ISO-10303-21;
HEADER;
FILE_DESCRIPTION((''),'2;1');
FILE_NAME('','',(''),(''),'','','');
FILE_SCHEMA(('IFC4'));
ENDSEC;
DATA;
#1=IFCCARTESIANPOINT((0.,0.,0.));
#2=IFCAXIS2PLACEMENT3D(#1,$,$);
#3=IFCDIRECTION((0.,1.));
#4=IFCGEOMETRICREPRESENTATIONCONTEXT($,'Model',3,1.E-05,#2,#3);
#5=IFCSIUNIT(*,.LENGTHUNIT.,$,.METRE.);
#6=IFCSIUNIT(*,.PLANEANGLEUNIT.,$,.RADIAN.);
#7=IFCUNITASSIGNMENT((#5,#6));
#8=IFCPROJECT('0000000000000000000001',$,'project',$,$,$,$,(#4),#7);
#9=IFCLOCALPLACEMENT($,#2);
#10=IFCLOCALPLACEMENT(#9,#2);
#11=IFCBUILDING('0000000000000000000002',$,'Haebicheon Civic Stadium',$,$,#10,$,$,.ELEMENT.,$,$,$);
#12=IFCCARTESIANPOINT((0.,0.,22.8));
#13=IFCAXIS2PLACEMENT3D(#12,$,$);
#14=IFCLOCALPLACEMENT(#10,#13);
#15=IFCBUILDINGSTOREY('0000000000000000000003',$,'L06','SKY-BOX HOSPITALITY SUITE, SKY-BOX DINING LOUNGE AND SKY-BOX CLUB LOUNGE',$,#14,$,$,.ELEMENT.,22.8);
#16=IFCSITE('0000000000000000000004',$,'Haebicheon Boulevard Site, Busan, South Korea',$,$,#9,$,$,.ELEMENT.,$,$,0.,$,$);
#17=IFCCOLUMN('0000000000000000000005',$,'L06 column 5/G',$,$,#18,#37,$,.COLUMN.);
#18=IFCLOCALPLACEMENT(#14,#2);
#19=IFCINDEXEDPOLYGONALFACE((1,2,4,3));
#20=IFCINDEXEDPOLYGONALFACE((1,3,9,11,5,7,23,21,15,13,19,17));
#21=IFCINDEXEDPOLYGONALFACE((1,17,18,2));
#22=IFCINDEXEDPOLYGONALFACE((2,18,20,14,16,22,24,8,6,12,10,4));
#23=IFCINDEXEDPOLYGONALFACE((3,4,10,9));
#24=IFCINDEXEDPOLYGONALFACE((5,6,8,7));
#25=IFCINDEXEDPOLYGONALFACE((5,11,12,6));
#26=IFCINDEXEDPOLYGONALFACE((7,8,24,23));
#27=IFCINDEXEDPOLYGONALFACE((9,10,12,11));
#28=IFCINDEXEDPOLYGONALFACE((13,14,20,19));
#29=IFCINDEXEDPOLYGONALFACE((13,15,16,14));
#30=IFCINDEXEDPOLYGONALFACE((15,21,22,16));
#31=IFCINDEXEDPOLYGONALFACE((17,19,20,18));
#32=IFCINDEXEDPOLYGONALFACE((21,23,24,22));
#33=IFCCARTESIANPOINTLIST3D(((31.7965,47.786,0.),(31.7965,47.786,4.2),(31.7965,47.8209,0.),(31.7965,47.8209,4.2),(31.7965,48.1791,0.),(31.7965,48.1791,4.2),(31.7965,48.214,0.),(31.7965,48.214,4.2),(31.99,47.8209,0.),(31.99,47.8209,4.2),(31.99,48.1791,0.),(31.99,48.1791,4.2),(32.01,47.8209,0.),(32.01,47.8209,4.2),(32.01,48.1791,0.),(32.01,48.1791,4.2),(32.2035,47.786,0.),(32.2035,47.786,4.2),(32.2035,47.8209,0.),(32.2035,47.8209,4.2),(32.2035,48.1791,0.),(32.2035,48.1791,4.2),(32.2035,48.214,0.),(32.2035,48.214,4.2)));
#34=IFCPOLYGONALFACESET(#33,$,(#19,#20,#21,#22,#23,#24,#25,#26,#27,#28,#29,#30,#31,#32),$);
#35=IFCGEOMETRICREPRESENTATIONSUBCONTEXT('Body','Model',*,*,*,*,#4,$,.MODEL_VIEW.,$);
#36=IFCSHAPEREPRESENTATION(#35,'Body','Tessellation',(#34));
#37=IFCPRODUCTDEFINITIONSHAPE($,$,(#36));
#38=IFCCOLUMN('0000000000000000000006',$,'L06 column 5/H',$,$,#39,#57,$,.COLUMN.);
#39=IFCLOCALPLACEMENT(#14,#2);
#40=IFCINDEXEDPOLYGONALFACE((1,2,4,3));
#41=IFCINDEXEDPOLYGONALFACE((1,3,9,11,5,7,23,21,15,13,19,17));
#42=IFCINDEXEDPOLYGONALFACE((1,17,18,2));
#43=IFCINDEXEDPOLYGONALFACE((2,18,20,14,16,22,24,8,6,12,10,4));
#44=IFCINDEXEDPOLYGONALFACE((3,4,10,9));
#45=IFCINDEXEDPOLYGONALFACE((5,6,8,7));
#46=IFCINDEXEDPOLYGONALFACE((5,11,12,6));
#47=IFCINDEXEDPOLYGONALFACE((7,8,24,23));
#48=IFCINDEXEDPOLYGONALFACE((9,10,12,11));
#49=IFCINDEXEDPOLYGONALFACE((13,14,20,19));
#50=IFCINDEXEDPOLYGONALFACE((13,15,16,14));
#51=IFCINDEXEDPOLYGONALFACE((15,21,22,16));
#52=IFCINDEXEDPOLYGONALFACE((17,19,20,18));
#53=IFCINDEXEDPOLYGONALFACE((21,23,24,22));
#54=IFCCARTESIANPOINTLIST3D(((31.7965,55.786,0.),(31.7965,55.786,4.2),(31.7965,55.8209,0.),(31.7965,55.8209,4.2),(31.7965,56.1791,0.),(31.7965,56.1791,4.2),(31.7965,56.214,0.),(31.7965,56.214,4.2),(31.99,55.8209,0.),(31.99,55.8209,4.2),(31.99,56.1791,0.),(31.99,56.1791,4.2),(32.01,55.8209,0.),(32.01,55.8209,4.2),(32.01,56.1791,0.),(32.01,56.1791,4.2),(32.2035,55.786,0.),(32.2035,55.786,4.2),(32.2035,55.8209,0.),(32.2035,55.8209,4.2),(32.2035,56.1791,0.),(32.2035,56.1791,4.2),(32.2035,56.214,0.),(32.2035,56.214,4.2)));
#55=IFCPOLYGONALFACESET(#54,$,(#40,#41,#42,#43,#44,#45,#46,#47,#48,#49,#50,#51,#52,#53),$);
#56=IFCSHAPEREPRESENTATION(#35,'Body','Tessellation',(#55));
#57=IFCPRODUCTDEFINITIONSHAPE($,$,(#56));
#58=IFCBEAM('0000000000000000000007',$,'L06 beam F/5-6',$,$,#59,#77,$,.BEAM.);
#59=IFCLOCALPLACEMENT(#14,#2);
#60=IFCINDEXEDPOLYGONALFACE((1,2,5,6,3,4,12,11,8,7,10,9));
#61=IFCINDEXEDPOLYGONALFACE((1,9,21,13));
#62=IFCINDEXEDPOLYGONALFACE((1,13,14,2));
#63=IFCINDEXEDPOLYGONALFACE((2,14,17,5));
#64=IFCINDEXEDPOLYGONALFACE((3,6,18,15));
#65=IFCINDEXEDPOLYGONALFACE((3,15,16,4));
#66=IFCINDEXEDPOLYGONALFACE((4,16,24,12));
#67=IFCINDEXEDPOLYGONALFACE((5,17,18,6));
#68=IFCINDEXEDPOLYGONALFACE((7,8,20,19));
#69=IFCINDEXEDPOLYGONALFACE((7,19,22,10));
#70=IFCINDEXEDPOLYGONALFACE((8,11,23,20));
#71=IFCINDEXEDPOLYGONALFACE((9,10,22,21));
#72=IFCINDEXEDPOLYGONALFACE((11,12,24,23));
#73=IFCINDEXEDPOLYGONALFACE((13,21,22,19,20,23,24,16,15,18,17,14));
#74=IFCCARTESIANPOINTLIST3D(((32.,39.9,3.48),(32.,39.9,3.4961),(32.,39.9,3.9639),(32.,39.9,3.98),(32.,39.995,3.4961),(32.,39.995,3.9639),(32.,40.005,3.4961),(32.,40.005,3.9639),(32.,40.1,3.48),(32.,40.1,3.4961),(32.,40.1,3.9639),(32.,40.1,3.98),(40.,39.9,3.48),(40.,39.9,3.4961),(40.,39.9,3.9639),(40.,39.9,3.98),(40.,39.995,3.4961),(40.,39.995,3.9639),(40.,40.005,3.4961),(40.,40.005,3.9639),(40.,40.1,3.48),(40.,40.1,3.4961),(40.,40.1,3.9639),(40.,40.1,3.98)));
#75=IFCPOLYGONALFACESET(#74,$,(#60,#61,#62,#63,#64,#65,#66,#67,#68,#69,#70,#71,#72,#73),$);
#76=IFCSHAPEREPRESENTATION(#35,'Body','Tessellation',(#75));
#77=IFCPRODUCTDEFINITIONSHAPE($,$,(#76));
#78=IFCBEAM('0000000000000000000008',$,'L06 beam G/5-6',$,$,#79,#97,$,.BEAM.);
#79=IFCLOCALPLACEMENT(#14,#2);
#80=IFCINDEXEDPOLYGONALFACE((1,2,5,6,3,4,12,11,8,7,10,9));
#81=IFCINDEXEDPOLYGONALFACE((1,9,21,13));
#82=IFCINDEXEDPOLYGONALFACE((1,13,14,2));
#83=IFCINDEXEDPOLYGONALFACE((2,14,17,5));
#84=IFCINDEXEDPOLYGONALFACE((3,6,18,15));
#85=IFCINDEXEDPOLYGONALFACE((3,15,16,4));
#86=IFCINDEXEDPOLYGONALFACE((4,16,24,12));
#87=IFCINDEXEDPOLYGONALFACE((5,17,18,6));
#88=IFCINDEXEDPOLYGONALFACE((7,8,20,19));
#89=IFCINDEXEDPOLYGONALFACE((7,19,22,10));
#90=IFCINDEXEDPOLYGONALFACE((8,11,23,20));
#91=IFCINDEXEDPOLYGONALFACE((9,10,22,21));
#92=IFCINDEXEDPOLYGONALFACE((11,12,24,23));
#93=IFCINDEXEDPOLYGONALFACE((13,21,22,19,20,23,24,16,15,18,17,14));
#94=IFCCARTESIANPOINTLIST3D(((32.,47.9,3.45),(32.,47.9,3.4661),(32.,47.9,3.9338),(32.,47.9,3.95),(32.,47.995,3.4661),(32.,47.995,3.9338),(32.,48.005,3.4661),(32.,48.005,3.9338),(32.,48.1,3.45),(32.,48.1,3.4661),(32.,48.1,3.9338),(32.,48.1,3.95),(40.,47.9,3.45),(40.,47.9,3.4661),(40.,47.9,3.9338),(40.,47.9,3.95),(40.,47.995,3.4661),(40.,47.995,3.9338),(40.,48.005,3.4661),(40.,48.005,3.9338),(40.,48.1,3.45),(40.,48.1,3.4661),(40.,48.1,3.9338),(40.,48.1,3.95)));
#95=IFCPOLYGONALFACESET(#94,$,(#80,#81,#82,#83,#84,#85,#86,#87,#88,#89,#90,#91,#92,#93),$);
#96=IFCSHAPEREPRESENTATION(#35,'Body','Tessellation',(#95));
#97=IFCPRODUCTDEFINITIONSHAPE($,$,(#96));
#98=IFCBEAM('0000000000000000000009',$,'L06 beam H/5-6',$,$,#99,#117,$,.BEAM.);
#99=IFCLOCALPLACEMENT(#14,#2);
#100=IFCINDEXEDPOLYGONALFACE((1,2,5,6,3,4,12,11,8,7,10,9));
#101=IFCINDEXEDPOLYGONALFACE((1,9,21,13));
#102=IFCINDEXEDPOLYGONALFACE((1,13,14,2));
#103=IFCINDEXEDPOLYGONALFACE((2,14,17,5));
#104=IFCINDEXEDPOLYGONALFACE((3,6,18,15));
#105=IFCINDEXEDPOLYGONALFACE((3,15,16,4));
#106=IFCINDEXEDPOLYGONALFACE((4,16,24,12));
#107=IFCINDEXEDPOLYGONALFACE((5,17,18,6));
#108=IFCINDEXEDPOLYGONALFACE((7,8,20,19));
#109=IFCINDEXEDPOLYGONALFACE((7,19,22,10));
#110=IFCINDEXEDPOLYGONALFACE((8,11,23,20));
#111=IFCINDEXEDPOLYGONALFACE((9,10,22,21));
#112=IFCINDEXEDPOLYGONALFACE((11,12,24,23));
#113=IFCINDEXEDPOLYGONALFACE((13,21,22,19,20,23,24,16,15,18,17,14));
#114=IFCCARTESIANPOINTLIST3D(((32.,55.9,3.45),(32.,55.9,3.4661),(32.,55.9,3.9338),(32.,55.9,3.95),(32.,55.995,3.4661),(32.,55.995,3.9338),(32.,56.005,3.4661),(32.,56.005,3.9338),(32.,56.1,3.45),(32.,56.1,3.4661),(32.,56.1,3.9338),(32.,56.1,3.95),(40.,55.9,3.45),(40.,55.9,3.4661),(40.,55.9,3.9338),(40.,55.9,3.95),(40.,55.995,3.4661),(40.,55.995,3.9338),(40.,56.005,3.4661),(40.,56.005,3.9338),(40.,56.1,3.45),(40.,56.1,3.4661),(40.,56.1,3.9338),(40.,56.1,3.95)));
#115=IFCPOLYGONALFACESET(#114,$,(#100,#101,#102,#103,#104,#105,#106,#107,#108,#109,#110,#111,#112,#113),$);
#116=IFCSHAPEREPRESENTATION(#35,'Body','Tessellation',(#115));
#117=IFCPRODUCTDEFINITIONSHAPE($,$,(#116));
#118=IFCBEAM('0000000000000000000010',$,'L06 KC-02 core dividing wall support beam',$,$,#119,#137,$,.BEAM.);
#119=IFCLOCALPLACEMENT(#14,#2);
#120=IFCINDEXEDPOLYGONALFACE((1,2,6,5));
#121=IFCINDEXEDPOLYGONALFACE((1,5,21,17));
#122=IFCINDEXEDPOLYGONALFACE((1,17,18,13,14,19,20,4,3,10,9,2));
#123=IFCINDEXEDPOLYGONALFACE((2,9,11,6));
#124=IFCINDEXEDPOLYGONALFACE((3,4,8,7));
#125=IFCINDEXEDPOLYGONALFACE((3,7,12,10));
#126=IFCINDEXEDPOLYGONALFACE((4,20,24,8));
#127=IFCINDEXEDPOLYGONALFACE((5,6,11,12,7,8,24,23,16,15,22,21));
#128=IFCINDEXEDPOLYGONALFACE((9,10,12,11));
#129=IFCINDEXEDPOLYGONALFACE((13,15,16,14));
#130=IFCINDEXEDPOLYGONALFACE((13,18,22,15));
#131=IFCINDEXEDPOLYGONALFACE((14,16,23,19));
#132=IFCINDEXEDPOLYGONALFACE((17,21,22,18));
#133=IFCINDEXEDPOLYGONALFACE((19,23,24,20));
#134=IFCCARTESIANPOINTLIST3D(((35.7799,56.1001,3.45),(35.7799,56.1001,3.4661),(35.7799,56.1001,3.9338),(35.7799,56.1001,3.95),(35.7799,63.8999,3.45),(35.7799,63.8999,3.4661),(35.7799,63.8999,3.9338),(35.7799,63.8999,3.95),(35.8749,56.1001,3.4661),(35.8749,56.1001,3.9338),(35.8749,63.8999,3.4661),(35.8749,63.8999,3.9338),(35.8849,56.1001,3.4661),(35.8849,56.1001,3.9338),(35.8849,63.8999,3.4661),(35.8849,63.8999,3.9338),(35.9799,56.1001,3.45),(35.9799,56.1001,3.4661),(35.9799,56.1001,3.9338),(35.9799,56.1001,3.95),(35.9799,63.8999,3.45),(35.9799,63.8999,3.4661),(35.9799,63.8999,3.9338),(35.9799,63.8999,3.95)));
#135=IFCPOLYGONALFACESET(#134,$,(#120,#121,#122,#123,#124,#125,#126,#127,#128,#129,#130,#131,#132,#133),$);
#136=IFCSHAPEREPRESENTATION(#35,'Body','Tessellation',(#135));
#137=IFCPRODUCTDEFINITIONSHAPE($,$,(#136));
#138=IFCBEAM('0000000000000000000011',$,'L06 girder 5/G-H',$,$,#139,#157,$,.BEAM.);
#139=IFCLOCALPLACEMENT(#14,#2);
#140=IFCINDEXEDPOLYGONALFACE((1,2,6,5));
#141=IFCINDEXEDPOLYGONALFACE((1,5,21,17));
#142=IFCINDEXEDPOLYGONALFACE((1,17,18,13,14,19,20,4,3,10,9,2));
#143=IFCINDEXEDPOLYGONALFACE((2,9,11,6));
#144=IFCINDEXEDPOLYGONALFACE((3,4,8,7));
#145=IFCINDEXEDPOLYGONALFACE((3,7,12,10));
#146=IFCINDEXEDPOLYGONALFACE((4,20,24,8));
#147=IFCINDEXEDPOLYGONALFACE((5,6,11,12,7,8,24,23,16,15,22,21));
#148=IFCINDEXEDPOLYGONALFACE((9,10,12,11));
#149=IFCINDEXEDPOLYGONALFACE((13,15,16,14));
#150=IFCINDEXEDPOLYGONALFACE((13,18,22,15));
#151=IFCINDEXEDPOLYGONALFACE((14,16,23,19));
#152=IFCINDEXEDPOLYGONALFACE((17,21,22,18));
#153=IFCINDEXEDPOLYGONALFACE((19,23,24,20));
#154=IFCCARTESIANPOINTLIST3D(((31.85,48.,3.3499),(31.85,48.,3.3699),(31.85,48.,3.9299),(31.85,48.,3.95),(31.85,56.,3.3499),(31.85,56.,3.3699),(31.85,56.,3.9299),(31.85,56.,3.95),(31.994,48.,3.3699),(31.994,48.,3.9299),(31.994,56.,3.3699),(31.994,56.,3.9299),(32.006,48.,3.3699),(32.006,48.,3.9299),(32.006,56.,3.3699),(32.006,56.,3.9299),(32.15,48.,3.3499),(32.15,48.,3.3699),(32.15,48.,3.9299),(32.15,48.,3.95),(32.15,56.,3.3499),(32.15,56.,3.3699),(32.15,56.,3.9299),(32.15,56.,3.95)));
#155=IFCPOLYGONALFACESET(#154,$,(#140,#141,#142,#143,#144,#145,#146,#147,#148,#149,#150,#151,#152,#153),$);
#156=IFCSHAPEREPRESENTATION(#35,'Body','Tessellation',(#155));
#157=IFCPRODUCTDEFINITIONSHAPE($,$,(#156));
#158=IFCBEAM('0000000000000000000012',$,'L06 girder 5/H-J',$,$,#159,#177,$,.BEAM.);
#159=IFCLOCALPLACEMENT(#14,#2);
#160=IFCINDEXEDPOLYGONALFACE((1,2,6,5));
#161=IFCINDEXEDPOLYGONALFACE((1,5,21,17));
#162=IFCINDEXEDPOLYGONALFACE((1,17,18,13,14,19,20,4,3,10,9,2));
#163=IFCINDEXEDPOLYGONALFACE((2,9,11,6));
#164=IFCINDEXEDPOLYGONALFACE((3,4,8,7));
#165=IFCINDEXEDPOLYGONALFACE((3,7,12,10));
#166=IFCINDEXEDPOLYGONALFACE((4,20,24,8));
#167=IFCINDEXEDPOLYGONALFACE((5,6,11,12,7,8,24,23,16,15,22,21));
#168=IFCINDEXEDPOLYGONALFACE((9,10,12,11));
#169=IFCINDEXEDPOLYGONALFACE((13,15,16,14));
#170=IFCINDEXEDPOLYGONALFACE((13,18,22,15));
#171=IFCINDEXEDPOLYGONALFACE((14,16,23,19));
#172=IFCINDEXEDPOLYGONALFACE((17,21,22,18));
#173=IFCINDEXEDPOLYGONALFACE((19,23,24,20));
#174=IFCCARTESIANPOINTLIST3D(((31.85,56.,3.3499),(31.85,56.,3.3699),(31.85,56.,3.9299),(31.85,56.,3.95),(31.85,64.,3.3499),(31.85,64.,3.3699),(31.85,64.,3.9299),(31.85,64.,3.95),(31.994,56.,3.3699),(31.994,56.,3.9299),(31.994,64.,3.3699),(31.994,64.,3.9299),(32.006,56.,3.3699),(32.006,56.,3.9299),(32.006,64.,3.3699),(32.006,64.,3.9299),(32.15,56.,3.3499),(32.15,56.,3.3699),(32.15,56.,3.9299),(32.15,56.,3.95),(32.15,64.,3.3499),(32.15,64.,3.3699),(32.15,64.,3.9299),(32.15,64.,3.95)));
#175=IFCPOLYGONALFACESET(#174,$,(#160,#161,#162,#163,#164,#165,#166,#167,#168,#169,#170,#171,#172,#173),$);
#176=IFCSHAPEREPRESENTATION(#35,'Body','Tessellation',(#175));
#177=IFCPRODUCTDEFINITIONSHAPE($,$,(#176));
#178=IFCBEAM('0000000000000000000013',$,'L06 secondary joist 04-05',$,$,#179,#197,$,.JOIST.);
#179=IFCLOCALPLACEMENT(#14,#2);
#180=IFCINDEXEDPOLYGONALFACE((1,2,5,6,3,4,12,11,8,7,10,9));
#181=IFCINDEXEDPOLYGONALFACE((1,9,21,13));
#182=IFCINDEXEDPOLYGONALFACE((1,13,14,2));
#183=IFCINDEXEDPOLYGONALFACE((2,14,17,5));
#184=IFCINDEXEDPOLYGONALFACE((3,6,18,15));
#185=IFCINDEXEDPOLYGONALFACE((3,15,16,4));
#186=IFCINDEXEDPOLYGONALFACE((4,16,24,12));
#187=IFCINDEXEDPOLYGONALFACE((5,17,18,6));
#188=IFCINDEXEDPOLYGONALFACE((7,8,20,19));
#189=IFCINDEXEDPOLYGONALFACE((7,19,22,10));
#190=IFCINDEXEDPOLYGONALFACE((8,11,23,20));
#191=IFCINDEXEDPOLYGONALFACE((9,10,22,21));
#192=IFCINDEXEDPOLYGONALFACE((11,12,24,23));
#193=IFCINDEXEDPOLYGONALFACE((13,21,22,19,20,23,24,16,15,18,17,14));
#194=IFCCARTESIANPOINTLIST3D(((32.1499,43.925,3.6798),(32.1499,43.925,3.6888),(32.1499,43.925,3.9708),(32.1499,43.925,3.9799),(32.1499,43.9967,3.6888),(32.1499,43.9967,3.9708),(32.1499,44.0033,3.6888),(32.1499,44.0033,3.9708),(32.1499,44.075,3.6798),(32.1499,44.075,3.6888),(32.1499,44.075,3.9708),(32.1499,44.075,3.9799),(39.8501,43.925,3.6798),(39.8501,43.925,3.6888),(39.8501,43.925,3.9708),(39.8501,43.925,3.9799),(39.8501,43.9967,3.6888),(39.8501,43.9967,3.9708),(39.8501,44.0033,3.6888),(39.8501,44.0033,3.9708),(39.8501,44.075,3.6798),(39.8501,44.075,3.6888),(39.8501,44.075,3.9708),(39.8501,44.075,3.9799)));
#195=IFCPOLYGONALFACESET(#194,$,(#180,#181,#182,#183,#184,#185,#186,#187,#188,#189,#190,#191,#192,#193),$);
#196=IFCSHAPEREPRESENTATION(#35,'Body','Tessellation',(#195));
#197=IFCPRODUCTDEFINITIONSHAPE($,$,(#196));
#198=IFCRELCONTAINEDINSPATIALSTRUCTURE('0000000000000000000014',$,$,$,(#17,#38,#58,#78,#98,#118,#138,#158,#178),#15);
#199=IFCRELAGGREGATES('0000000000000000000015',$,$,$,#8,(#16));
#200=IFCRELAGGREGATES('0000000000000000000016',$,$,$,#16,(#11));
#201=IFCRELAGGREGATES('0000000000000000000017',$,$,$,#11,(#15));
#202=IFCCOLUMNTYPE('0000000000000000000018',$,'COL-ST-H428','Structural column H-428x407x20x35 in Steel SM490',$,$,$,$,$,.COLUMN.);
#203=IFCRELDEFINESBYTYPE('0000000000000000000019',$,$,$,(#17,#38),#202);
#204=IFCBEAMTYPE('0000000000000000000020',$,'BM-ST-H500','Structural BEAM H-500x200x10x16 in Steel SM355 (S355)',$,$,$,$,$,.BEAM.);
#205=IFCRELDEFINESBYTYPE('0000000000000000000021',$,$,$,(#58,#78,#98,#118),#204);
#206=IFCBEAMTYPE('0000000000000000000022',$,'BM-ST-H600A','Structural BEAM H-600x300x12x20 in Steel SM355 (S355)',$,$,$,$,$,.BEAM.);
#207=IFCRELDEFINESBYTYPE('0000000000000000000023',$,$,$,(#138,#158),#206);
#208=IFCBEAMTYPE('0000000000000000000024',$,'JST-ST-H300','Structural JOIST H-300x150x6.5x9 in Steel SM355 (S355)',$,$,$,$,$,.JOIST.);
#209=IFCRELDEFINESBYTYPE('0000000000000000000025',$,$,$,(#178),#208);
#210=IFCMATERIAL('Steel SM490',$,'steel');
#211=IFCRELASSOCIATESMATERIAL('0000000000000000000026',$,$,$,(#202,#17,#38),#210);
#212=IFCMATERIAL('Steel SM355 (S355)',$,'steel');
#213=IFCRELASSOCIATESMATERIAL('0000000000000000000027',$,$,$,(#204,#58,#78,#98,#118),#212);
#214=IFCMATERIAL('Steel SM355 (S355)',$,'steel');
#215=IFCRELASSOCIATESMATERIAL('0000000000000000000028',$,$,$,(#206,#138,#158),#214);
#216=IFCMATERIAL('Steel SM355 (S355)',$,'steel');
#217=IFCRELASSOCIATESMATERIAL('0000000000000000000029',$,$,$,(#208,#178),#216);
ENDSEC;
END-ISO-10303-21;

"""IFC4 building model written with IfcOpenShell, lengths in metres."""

from ifc_helpers import new_model, si_unit, direction, frame, origin, origin_2d, place, context, subcontext, project, spatial, i_section, extrude, material, material_profile, profile_set, type_object, element, save


model = new_model("IFC4")

# Units and contexts
model_context = context("Model", 3, precision=1e-05, world=origin(), true_north=direction((0.0, 1.0)))
body_context = subcontext(model_context, "Body", "Model", "MODEL_VIEW")
ifc_project = project(units=[si_unit("LENGTHUNIT", "METRE"), si_unit("PLANEANGLEUNIT", "RADIAN")], contexts=[model_context])

# Site, building, storey
site_placement = place(None, origin())
site = spatial("IfcSite", under=ifc_project, at=site_placement, Name="Haebicheon Boulevard Site, Busan, South Korea", CompositionType="ELEMENT", RefElevation=0.0)
building_placement = place(site_placement, origin())
building = spatial("IfcBuilding", under=site, at=building_placement, Name="Haebicheon Civic Stadium", CompositionType="ELEMENT")
storey_placement = place(building_placement, frame((0.0, 0.0, 22.8)))
storey = spatial("IfcBuildingStorey", under=building, at=storey_placement, Name="L06", Description="SKY-BOX HOSPITALITY SUITE, SKY-BOX DINING LOUNGE AND SKY-BOX CLUB LOUNGE", CompositionType="ELEMENT", Elevation=22.8)

# Columns
ifc_material_1 = material(Name="Steel SM490", Category="steel")
ifc_material_profile_1 = material_profile(ifc_material_1, i_section(OverallWidth=0.407, OverallDepth=0.428, WebThickness=0.02, FlangeThickness=0.0349, at=origin_2d()), Name="H-428x407x20x35")
ifc_profile_set_1 = profile_set([ifc_material_profile_1], Name="Steel SM490")
column_type = type_object("IfcColumnType", Name="COL-ST-H428", Description="Structural column H-428x407x20x35 in Steel SM490", PredefinedType="COLUMN", material=ifc_profile_set_1)
for number, where, z_axis, x_axis, name in (
    (1, (32.0, 48.0, 0.0), (0.0, 0.0, 1.0), (1.0, 0.0, 0.0), "L06 column 5/G"),
    (2, (32.0, 56.0, 0.0), (0.0, 0.0, 1.0), (1.0, 0.0, 0.0), "L06 column 5/H"),
):
    element("IfcColumn", number, at=place(storey_placement, frame(where, z_axis=z_axis, x_axis=x_axis)), inside=storey, type_object=column_type, material=ifc_profile_set_1, Name=name, PredefinedType="COLUMN", context=body_context, shape_type="SweptSolid", body=[
        extrude(i_section(OverallWidth=0.407, OverallDepth=0.428, WebThickness=0.02, FlangeThickness=0.0349, at=origin_2d()), origin(), (0.0, 0.0, 1.0), 4.2),
    ])

# Beams
ifc_material_2 = material(Name="Steel SM355 (S355)", Category="steel")
ifc_material_profile_2 = material_profile(ifc_material_2, i_section(OverallWidth=0.2, OverallDepth=0.5, WebThickness=0.01, FlangeThickness=0.0161, at=origin_2d()), Name="H-500x200x10x16")
ifc_profile_set_2 = profile_set([ifc_material_profile_2], Name="Steel SM355 (S355)")
beam_type_1 = type_object("IfcBeamType", Name="BM-ST-H500", Description="Structural BEAM H-500x200x10x16 in Steel SM355 (S355)", PredefinedType="BEAM", material=ifc_profile_set_2)
for number, where, z_axis, x_axis, name in (
    (3, (32.0, 40.0, 3.73), (1.0, 0.0, 0.0), (0.0, 1.0, 0.0), "L06 beam F/5-6"),
    (4, (32.0, 48.0, 3.7), (1.0, 0.0, 0.0), (0.0, 1.0, 0.0), "L06 beam G/5-6"),
    (5, (32.0, 56.0, 3.7), (1.0, 0.0, 0.0), (0.0, 1.0, 0.0), "L06 beam H/5-6"),
):
    element("IfcBeam", number, at=place(storey_placement, frame(where, z_axis=z_axis, x_axis=x_axis)), inside=storey, type_object=beam_type_1, material=ifc_profile_set_2, Name=name, PredefinedType="BEAM", context=body_context, shape_type="SweptSolid", body=[
        extrude(i_section(OverallWidth=0.2, OverallDepth=0.5, WebThickness=0.01, FlangeThickness=0.0161, at=origin_2d()), origin(), (0.0, 0.0, 1.0), 8.0),
    ])
beam_placement = place(storey_placement, frame((35.8799, 56.1001, 3.7), z_axis=(0.0, 1.0, 0.0), x_axis=(-1.0, 0.0, 0.0)))
element("IfcBeam", 6, at=beam_placement, inside=storey, type_object=beam_type_1, material=ifc_profile_set_2, Name="L06 KC-02 core dividing wall support beam", PredefinedType="BEAM", context=body_context, shape_type="SweptSolid", body=[
    extrude(i_section(OverallWidth=0.2, OverallDepth=0.5, WebThickness=0.01, FlangeThickness=0.0161, at=origin_2d()), origin(), (0.0, 0.0, 1.0), 7.7998),
])
ifc_material_3 = material(Name="Steel SM355 (S355)", Category="steel")
ifc_material_profile_3 = material_profile(ifc_material_3, i_section(OverallWidth=0.3, OverallDepth=0.6001, WebThickness=0.012, FlangeThickness=0.02, at=origin_2d()), Name="H-600x300x12x20")
ifc_profile_set_3 = profile_set([ifc_material_profile_3], Name="Steel SM355 (S355)")
beam_type_2 = type_object("IfcBeamType", Name="BM-ST-H600A", Description="Structural BEAM H-600x300x12x20 in Steel SM355 (S355)", PredefinedType="BEAM", material=ifc_profile_set_3)
for number, where, z_axis, x_axis, name in (
    (7, (32.0, 48.0, 3.6499), (0.0, 1.0, 0.0), (-1.0, 0.0, 0.0), "L06 girder 5/G-H"),
    (8, (32.0, 56.0, 3.6499), (0.0, 1.0, 0.0), (-1.0, 0.0, 0.0), "L06 girder 5/H-J"),
):
    element("IfcBeam", number, at=place(storey_placement, frame(where, z_axis=z_axis, x_axis=x_axis)), inside=storey, type_object=beam_type_2, material=ifc_profile_set_3, Name=name, PredefinedType="BEAM", context=body_context, shape_type="SweptSolid", body=[
        extrude(i_section(OverallWidth=0.3, OverallDepth=0.6001, WebThickness=0.012, FlangeThickness=0.02, at=origin_2d()), origin(), (0.0, 0.0, 1.0), 8.0),
    ])
ifc_material_4 = material(Name="Steel SM355 (S355)", Category="steel")
ifc_material_profile_4 = material_profile(ifc_material_4, i_section(OverallWidth=0.1499, OverallDepth=0.3, WebThickness=0.0066, FlangeThickness=0.009, at=origin_2d()), Name="H-300x150x6.5x9")
ifc_profile_set_4 = profile_set([ifc_material_profile_4], Name="Steel SM355 (S355)")
beam_type_3 = type_object("IfcBeamType", Name="JST-ST-H300", Description="Structural JOIST H-300x150x6.5x9 in Steel SM355 (S355)", PredefinedType="JOIST", material=ifc_profile_set_4)
for number, where, z_axis, x_axis, name in (
    (9, (32.1499, 44.0, 3.8298), (1.0, 0.0, 0.0), (0.0, 1.0, 0.0), "L06 secondary joist 04-05"),
):
    element("IfcBeam", number, at=place(storey_placement, frame(where, z_axis=z_axis, x_axis=x_axis)), inside=storey, type_object=beam_type_3, material=ifc_profile_set_4, Name=name, PredefinedType="JOIST", context=body_context, shape_type="SweptSolid", body=[
        extrude(i_section(OverallWidth=0.1499, OverallDepth=0.3, WebThickness=0.0066, FlangeThickness=0.009, at=origin_2d()), origin(), (0.0, 0.0, 1.0), 7.7002),
    ])

save(model, "model.ifc")
